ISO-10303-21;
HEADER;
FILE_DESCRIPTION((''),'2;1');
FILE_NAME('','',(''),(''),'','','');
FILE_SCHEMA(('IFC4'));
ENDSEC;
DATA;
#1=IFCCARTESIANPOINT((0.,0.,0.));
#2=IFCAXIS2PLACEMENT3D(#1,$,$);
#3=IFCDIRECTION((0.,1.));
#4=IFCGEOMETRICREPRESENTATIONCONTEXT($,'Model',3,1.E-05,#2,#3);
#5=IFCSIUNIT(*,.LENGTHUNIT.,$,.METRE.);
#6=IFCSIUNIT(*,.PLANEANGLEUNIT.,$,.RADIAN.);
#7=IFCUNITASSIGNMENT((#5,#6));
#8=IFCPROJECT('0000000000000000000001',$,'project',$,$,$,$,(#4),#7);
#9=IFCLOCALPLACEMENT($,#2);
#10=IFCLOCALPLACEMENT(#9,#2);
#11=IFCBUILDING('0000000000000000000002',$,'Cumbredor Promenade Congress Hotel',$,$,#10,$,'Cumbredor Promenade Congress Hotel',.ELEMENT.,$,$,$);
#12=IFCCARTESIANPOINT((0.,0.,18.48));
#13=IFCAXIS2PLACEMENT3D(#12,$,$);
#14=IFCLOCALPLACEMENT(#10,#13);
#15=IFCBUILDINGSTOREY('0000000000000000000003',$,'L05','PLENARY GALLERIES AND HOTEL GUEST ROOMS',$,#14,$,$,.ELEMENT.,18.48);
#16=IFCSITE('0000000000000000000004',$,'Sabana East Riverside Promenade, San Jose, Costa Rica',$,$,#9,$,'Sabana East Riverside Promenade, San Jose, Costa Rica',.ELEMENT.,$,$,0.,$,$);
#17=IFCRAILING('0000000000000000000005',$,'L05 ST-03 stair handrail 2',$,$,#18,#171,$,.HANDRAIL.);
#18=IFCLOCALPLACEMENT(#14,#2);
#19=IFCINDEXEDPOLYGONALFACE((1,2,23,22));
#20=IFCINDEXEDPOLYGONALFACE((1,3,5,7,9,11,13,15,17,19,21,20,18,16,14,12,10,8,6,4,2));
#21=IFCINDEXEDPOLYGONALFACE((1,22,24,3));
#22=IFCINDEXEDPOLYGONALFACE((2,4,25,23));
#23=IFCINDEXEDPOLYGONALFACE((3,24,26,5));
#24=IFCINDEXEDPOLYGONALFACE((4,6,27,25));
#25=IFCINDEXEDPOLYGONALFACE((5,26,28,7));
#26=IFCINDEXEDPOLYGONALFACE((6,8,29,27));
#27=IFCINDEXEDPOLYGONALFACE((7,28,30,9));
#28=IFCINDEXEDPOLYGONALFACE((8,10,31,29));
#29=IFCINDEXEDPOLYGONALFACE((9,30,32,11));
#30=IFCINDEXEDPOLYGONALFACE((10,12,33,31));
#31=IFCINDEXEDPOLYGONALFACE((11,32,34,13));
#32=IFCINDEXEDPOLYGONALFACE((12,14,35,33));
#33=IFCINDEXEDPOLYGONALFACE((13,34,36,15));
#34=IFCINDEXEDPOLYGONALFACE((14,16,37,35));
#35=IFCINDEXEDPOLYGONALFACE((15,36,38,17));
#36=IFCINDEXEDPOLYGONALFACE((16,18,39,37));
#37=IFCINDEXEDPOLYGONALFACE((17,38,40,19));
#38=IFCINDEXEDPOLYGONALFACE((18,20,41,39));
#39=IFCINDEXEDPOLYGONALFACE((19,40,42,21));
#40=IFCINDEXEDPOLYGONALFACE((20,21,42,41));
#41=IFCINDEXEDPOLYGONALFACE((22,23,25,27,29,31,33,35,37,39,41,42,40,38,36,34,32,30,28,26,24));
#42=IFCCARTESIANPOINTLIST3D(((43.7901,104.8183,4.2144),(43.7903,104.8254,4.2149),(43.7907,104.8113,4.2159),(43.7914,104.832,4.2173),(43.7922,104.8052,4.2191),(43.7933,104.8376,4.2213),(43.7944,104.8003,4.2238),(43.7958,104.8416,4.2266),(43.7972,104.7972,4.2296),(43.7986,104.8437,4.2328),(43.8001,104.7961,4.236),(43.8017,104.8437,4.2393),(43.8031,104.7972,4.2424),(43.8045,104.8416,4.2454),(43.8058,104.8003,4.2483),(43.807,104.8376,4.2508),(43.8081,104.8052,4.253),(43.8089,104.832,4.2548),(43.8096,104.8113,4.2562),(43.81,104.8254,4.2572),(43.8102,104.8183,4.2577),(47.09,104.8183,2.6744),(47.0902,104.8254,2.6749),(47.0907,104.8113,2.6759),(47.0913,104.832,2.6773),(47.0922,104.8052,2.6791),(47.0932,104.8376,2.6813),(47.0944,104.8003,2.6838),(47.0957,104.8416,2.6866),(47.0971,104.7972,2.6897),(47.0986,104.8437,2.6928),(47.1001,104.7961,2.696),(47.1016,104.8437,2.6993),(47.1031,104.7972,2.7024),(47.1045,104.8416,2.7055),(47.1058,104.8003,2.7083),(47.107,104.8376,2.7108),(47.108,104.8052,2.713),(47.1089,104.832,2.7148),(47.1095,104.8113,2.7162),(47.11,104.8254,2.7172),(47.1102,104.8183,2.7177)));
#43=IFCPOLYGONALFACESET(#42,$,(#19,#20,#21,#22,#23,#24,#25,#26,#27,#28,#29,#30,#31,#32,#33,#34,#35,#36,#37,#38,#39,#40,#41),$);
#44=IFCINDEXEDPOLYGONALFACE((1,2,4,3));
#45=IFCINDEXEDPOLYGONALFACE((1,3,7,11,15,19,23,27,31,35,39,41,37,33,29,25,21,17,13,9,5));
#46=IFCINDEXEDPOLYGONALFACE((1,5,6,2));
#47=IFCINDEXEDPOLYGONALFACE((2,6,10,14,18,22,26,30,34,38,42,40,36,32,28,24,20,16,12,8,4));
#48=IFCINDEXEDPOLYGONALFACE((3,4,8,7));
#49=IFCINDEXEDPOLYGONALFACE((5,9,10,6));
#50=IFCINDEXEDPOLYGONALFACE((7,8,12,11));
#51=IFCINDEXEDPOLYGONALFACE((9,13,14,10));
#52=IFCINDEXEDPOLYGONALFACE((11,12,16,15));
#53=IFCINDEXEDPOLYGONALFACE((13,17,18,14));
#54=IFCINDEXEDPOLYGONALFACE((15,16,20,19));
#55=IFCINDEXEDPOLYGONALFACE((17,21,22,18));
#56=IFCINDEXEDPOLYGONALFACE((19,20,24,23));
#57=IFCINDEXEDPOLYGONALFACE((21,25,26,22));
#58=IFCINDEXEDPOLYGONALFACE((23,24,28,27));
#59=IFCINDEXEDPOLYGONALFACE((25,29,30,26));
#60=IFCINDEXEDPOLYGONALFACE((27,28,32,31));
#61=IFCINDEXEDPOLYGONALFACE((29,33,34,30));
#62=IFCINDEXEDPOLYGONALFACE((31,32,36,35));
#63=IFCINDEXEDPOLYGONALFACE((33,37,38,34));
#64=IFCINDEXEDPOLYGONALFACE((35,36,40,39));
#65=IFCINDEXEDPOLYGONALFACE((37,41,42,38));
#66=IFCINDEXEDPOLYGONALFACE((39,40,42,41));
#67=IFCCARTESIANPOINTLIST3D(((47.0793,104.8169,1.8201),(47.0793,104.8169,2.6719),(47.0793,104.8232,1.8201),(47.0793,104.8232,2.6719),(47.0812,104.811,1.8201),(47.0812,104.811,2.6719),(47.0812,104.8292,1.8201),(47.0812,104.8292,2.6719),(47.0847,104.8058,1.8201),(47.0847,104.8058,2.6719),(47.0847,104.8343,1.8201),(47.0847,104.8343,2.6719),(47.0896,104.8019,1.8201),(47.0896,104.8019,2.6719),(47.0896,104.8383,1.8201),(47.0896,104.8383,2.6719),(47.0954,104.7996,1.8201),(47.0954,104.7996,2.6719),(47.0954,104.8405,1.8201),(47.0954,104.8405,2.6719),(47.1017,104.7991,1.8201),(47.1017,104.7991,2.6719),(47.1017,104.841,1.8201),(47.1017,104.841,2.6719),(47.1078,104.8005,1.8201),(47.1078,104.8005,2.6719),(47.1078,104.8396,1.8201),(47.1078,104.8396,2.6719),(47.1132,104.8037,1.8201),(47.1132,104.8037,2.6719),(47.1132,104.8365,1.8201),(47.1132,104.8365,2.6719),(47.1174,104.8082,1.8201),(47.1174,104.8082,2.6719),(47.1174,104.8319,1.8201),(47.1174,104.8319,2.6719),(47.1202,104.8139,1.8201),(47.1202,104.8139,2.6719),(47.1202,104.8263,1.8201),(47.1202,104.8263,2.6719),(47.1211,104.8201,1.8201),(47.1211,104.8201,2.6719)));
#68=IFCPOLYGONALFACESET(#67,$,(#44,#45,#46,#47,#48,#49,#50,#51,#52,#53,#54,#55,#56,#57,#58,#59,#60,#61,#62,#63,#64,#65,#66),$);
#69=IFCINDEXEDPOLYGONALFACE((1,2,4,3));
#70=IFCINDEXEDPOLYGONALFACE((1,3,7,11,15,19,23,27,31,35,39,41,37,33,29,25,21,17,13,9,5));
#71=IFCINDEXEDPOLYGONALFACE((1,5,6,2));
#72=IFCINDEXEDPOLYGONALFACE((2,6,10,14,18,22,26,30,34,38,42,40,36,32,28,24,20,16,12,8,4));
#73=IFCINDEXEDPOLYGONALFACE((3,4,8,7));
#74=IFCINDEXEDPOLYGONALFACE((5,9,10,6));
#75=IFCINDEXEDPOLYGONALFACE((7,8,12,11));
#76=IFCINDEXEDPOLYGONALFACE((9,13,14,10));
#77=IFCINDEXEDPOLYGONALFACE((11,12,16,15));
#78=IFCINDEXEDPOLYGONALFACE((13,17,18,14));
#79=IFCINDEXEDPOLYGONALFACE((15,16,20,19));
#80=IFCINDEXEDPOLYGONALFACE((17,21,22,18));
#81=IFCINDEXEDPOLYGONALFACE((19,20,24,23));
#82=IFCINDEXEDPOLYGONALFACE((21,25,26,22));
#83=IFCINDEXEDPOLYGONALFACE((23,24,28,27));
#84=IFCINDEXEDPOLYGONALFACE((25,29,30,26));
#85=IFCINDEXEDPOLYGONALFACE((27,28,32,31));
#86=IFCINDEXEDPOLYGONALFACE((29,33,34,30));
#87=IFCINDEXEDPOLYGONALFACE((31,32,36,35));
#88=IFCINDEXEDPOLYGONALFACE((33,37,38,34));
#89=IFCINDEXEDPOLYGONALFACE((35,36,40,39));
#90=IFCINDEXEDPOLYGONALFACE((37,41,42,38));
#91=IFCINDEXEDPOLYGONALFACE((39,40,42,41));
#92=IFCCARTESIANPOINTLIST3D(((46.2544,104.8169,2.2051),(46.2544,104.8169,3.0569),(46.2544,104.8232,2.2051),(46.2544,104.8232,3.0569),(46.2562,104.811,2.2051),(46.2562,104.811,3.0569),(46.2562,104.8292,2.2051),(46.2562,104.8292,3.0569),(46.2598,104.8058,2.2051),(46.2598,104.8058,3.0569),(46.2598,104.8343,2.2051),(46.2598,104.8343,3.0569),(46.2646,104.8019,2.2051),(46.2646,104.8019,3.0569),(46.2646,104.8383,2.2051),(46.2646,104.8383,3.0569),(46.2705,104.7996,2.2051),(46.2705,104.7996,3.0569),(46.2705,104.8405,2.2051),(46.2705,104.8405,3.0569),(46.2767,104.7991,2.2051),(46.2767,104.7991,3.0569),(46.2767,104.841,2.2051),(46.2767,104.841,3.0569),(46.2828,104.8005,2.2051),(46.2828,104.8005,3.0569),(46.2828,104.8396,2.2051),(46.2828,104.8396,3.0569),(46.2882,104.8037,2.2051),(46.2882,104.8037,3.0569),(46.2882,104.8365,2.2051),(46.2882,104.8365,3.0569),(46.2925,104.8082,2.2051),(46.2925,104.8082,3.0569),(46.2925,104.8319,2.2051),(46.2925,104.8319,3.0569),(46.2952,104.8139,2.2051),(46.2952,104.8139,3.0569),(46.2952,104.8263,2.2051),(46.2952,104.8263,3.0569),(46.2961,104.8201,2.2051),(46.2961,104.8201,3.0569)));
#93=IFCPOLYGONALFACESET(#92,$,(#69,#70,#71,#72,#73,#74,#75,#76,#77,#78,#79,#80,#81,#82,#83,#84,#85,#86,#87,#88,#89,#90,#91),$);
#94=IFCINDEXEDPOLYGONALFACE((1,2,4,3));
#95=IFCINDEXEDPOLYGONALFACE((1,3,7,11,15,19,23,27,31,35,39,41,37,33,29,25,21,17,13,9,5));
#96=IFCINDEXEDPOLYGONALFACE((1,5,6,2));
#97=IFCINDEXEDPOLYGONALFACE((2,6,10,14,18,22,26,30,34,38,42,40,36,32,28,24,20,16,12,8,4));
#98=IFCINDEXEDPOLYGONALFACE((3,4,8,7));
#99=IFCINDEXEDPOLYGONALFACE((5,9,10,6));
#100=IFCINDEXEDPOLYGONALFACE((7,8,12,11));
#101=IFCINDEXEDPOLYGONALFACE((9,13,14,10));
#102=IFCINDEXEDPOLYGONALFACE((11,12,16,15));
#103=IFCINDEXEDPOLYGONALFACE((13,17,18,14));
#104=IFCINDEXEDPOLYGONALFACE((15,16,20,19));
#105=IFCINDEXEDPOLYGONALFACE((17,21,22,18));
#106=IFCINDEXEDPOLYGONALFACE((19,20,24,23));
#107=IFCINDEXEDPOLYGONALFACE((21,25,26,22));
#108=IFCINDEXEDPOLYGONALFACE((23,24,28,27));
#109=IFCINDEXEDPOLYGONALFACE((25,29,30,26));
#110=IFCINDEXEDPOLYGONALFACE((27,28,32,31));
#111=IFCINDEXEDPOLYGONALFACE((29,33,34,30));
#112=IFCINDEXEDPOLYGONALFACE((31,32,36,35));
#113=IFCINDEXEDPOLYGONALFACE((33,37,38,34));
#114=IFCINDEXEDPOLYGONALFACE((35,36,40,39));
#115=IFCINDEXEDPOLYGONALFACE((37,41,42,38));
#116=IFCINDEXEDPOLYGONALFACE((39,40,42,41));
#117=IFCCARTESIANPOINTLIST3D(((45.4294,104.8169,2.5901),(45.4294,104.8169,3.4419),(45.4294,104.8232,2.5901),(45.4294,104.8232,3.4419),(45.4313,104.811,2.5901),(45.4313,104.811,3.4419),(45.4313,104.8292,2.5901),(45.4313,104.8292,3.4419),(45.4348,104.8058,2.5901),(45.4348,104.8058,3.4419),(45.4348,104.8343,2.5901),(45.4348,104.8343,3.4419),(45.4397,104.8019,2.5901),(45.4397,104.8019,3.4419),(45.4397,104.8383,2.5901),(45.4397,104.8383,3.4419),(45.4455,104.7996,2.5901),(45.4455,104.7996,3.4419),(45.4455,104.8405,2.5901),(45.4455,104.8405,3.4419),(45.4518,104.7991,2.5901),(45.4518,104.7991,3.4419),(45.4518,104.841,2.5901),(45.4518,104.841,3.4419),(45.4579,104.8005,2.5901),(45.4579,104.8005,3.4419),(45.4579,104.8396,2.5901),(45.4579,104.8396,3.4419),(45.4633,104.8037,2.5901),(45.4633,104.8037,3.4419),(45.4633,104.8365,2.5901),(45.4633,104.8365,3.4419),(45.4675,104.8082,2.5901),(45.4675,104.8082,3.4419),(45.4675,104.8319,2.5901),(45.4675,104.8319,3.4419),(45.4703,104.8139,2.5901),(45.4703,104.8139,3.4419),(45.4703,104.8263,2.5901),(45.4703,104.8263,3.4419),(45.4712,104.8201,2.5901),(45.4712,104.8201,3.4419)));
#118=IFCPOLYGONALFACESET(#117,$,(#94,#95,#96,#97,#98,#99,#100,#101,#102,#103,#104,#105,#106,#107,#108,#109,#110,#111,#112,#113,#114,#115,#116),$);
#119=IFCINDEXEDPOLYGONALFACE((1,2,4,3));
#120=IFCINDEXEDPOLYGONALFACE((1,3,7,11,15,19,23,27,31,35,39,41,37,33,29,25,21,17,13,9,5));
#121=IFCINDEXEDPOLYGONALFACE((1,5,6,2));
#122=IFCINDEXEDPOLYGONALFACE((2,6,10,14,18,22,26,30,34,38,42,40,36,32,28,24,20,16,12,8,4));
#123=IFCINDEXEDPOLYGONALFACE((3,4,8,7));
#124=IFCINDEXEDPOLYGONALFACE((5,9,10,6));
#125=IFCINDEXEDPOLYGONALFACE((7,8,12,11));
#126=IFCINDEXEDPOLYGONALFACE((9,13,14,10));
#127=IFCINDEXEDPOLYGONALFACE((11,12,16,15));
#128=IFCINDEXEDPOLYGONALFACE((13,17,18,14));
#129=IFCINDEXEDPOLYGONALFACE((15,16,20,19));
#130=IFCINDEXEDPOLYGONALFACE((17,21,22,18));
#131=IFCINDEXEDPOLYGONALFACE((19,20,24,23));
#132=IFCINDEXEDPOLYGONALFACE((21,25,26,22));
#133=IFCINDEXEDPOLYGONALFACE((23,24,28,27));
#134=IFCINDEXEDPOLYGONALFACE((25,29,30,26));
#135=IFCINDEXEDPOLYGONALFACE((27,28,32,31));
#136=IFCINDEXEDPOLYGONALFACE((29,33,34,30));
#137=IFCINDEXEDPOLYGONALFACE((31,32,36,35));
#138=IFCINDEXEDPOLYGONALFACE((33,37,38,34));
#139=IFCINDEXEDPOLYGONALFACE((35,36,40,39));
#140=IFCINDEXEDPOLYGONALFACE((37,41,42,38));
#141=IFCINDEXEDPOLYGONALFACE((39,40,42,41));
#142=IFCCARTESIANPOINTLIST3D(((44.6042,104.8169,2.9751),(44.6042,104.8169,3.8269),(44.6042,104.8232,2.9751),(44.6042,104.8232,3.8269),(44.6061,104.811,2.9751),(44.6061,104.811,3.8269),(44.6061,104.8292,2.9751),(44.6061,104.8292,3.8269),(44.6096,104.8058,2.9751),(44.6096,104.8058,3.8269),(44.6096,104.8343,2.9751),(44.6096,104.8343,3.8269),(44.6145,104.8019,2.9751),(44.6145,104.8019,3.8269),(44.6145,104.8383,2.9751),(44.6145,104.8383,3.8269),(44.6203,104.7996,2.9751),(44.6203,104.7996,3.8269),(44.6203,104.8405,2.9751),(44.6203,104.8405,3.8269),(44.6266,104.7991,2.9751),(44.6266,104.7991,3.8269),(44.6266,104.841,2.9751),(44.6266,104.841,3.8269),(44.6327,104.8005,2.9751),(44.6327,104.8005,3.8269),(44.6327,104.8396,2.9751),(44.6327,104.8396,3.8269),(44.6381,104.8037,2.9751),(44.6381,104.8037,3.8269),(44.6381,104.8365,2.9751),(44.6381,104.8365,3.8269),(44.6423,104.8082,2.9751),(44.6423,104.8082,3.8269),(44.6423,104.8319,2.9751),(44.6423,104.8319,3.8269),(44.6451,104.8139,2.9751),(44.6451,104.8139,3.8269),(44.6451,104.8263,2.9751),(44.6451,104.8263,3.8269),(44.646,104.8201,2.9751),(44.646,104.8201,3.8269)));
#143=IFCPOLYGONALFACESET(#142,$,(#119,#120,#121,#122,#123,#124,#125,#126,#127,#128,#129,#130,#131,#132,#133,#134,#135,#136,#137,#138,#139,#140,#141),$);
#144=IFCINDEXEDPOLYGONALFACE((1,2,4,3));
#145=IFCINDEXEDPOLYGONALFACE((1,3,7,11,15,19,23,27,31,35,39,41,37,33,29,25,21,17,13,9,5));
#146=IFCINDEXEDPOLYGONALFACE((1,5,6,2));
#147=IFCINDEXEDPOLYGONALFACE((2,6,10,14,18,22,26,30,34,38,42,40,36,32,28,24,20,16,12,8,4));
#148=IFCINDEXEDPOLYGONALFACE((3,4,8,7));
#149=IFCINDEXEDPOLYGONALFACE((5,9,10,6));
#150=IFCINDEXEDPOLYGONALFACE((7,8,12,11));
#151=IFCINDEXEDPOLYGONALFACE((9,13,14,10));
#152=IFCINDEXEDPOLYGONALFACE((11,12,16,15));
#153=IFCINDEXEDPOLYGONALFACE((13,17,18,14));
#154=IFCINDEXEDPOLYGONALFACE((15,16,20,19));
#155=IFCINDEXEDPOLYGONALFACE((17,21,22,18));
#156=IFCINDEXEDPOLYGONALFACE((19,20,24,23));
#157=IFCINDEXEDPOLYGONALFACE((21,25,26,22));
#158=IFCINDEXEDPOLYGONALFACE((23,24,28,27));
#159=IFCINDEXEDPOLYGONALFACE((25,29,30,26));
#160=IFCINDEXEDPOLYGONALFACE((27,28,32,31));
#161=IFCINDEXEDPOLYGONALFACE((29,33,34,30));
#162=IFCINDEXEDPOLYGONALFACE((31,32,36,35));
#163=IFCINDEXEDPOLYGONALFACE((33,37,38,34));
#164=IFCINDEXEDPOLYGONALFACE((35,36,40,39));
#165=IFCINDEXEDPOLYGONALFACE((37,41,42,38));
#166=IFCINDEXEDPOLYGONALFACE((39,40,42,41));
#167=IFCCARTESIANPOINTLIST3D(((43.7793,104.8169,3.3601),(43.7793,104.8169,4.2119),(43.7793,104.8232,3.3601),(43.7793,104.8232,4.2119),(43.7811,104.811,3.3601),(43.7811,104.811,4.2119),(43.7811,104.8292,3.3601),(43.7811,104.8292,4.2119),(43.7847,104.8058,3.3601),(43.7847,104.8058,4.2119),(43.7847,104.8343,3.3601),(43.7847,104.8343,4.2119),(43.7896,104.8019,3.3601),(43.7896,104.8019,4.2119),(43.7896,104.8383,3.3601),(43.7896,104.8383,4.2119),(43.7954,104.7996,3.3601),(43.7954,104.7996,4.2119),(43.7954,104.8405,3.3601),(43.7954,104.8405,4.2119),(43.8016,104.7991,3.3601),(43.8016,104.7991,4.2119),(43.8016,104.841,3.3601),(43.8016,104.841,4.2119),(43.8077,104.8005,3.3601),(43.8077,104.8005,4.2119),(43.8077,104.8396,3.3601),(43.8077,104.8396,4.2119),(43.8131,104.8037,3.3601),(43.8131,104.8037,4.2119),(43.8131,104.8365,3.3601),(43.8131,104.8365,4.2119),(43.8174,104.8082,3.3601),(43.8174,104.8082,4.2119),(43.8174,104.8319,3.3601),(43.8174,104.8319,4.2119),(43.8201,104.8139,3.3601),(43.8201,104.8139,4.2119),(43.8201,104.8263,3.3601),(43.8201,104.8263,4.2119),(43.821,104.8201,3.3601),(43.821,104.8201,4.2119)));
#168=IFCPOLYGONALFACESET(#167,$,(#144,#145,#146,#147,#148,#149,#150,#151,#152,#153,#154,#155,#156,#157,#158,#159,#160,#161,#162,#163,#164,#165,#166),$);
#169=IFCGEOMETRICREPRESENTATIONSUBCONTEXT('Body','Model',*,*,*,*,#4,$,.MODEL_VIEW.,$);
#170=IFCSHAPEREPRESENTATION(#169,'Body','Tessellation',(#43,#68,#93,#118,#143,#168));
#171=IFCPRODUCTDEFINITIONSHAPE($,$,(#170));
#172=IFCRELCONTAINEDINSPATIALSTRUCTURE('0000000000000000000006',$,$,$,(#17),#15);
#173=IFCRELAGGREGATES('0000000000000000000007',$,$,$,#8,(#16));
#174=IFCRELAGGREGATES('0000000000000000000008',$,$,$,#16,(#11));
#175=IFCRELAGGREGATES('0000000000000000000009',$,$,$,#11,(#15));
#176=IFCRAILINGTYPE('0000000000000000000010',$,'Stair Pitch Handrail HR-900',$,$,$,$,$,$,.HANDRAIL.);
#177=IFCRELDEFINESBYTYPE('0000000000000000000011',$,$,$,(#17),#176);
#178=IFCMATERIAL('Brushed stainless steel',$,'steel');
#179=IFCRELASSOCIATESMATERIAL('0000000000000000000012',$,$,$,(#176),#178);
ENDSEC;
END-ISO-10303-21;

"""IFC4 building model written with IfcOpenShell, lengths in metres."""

from ifc_helpers import new_model, si_unit, direction, frame, origin, origin_2d, place, context, subcontext, project, spatial, circle, extrude, material, type_object, element, save


model = new_model("IFC4")

# Units and contexts
model_context = context("Model", 3, precision=1e-05, world=origin(), true_north=direction((0.0, 1.0)))
body_context = subcontext(model_context, "Body", "Model", "MODEL_VIEW")
ifc_project = project(units=[si_unit("LENGTHUNIT", "METRE"), si_unit("PLANEANGLEUNIT", "RADIAN")], contexts=[model_context])

# Site, building, storey
site_placement = place(None, origin())
site = spatial("IfcSite", under=ifc_project, at=site_placement, Name="Sabana East Riverside Promenade, San Jose, Costa Rica", LongName="Sabana East Riverside Promenade, San Jose, Costa Rica", CompositionType="ELEMENT", RefElevation=0.0)
building_placement = place(site_placement, origin())
building = spatial("IfcBuilding", under=site, at=building_placement, Name="Cumbredor Promenade Congress Hotel", LongName="Cumbredor Promenade Congress Hotel", CompositionType="ELEMENT")
storey_placement = place(building_placement, frame((0.0, 0.0, 18.48)))
storey = spatial("IfcBuildingStorey", under=building, at=storey_placement, Name="L05", Description="PLENARY GALLERIES AND HOTEL GUEST ROOMS", CompositionType="ELEMENT", Elevation=18.48)

# Railing
ifc_material_1 = material(Name="Brushed stainless steel", Category="steel")
railing_type_1 = type_object("IfcRailingType", Name="Stair Pitch Handrail HR-900", PredefinedType="HANDRAIL", material=ifc_material_1)
railing_1_placement = place(storey_placement, frame((47.1001, 104.8201, 1.8201)))
element("IfcRailing", 1, at=railing_1_placement, inside=storey, type_object=railing_type_1, Name="L05 ST-03 stair handrail 2", PredefinedType="HANDRAIL", context=body_context, shape_type="SweptSolid", body=[
    extrude(circle(Radius=0.0239, at=origin_2d()), frame((0.0, 0.0, 0.876), z_axis=(-0.906181, 0.0, 0.422889), x_axis=(0.0, -1.0, 0.0)), (0.0, 0.0, 1.0), 3.6416),
    extrude(circle(Radius=0.021, at=origin_2d()), origin(), (0.0, 0.0, 1.0), 0.8518),
    extrude(circle(Radius=0.021, at=origin_2d()), frame((-0.825, 0.0, 0.385)), (0.0, 0.0, 1.0), 0.8518),
    extrude(circle(Radius=0.021, at=origin_2d()), frame((-1.6499, 0.0, 0.77)), (0.0, 0.0, 1.0), 0.8518),
    extrude(circle(Radius=0.021, at=origin_2d()), frame((-2.4751, 0.0, 1.155)), (0.0, 0.0, 1.0), 0.8518),
    extrude(circle(Radius=0.021, at=origin_2d()), frame((-3.3, 0.0, 1.54)), (0.0, 0.0, 1.0), 0.8518),
])

save(model, "model.ifc")
